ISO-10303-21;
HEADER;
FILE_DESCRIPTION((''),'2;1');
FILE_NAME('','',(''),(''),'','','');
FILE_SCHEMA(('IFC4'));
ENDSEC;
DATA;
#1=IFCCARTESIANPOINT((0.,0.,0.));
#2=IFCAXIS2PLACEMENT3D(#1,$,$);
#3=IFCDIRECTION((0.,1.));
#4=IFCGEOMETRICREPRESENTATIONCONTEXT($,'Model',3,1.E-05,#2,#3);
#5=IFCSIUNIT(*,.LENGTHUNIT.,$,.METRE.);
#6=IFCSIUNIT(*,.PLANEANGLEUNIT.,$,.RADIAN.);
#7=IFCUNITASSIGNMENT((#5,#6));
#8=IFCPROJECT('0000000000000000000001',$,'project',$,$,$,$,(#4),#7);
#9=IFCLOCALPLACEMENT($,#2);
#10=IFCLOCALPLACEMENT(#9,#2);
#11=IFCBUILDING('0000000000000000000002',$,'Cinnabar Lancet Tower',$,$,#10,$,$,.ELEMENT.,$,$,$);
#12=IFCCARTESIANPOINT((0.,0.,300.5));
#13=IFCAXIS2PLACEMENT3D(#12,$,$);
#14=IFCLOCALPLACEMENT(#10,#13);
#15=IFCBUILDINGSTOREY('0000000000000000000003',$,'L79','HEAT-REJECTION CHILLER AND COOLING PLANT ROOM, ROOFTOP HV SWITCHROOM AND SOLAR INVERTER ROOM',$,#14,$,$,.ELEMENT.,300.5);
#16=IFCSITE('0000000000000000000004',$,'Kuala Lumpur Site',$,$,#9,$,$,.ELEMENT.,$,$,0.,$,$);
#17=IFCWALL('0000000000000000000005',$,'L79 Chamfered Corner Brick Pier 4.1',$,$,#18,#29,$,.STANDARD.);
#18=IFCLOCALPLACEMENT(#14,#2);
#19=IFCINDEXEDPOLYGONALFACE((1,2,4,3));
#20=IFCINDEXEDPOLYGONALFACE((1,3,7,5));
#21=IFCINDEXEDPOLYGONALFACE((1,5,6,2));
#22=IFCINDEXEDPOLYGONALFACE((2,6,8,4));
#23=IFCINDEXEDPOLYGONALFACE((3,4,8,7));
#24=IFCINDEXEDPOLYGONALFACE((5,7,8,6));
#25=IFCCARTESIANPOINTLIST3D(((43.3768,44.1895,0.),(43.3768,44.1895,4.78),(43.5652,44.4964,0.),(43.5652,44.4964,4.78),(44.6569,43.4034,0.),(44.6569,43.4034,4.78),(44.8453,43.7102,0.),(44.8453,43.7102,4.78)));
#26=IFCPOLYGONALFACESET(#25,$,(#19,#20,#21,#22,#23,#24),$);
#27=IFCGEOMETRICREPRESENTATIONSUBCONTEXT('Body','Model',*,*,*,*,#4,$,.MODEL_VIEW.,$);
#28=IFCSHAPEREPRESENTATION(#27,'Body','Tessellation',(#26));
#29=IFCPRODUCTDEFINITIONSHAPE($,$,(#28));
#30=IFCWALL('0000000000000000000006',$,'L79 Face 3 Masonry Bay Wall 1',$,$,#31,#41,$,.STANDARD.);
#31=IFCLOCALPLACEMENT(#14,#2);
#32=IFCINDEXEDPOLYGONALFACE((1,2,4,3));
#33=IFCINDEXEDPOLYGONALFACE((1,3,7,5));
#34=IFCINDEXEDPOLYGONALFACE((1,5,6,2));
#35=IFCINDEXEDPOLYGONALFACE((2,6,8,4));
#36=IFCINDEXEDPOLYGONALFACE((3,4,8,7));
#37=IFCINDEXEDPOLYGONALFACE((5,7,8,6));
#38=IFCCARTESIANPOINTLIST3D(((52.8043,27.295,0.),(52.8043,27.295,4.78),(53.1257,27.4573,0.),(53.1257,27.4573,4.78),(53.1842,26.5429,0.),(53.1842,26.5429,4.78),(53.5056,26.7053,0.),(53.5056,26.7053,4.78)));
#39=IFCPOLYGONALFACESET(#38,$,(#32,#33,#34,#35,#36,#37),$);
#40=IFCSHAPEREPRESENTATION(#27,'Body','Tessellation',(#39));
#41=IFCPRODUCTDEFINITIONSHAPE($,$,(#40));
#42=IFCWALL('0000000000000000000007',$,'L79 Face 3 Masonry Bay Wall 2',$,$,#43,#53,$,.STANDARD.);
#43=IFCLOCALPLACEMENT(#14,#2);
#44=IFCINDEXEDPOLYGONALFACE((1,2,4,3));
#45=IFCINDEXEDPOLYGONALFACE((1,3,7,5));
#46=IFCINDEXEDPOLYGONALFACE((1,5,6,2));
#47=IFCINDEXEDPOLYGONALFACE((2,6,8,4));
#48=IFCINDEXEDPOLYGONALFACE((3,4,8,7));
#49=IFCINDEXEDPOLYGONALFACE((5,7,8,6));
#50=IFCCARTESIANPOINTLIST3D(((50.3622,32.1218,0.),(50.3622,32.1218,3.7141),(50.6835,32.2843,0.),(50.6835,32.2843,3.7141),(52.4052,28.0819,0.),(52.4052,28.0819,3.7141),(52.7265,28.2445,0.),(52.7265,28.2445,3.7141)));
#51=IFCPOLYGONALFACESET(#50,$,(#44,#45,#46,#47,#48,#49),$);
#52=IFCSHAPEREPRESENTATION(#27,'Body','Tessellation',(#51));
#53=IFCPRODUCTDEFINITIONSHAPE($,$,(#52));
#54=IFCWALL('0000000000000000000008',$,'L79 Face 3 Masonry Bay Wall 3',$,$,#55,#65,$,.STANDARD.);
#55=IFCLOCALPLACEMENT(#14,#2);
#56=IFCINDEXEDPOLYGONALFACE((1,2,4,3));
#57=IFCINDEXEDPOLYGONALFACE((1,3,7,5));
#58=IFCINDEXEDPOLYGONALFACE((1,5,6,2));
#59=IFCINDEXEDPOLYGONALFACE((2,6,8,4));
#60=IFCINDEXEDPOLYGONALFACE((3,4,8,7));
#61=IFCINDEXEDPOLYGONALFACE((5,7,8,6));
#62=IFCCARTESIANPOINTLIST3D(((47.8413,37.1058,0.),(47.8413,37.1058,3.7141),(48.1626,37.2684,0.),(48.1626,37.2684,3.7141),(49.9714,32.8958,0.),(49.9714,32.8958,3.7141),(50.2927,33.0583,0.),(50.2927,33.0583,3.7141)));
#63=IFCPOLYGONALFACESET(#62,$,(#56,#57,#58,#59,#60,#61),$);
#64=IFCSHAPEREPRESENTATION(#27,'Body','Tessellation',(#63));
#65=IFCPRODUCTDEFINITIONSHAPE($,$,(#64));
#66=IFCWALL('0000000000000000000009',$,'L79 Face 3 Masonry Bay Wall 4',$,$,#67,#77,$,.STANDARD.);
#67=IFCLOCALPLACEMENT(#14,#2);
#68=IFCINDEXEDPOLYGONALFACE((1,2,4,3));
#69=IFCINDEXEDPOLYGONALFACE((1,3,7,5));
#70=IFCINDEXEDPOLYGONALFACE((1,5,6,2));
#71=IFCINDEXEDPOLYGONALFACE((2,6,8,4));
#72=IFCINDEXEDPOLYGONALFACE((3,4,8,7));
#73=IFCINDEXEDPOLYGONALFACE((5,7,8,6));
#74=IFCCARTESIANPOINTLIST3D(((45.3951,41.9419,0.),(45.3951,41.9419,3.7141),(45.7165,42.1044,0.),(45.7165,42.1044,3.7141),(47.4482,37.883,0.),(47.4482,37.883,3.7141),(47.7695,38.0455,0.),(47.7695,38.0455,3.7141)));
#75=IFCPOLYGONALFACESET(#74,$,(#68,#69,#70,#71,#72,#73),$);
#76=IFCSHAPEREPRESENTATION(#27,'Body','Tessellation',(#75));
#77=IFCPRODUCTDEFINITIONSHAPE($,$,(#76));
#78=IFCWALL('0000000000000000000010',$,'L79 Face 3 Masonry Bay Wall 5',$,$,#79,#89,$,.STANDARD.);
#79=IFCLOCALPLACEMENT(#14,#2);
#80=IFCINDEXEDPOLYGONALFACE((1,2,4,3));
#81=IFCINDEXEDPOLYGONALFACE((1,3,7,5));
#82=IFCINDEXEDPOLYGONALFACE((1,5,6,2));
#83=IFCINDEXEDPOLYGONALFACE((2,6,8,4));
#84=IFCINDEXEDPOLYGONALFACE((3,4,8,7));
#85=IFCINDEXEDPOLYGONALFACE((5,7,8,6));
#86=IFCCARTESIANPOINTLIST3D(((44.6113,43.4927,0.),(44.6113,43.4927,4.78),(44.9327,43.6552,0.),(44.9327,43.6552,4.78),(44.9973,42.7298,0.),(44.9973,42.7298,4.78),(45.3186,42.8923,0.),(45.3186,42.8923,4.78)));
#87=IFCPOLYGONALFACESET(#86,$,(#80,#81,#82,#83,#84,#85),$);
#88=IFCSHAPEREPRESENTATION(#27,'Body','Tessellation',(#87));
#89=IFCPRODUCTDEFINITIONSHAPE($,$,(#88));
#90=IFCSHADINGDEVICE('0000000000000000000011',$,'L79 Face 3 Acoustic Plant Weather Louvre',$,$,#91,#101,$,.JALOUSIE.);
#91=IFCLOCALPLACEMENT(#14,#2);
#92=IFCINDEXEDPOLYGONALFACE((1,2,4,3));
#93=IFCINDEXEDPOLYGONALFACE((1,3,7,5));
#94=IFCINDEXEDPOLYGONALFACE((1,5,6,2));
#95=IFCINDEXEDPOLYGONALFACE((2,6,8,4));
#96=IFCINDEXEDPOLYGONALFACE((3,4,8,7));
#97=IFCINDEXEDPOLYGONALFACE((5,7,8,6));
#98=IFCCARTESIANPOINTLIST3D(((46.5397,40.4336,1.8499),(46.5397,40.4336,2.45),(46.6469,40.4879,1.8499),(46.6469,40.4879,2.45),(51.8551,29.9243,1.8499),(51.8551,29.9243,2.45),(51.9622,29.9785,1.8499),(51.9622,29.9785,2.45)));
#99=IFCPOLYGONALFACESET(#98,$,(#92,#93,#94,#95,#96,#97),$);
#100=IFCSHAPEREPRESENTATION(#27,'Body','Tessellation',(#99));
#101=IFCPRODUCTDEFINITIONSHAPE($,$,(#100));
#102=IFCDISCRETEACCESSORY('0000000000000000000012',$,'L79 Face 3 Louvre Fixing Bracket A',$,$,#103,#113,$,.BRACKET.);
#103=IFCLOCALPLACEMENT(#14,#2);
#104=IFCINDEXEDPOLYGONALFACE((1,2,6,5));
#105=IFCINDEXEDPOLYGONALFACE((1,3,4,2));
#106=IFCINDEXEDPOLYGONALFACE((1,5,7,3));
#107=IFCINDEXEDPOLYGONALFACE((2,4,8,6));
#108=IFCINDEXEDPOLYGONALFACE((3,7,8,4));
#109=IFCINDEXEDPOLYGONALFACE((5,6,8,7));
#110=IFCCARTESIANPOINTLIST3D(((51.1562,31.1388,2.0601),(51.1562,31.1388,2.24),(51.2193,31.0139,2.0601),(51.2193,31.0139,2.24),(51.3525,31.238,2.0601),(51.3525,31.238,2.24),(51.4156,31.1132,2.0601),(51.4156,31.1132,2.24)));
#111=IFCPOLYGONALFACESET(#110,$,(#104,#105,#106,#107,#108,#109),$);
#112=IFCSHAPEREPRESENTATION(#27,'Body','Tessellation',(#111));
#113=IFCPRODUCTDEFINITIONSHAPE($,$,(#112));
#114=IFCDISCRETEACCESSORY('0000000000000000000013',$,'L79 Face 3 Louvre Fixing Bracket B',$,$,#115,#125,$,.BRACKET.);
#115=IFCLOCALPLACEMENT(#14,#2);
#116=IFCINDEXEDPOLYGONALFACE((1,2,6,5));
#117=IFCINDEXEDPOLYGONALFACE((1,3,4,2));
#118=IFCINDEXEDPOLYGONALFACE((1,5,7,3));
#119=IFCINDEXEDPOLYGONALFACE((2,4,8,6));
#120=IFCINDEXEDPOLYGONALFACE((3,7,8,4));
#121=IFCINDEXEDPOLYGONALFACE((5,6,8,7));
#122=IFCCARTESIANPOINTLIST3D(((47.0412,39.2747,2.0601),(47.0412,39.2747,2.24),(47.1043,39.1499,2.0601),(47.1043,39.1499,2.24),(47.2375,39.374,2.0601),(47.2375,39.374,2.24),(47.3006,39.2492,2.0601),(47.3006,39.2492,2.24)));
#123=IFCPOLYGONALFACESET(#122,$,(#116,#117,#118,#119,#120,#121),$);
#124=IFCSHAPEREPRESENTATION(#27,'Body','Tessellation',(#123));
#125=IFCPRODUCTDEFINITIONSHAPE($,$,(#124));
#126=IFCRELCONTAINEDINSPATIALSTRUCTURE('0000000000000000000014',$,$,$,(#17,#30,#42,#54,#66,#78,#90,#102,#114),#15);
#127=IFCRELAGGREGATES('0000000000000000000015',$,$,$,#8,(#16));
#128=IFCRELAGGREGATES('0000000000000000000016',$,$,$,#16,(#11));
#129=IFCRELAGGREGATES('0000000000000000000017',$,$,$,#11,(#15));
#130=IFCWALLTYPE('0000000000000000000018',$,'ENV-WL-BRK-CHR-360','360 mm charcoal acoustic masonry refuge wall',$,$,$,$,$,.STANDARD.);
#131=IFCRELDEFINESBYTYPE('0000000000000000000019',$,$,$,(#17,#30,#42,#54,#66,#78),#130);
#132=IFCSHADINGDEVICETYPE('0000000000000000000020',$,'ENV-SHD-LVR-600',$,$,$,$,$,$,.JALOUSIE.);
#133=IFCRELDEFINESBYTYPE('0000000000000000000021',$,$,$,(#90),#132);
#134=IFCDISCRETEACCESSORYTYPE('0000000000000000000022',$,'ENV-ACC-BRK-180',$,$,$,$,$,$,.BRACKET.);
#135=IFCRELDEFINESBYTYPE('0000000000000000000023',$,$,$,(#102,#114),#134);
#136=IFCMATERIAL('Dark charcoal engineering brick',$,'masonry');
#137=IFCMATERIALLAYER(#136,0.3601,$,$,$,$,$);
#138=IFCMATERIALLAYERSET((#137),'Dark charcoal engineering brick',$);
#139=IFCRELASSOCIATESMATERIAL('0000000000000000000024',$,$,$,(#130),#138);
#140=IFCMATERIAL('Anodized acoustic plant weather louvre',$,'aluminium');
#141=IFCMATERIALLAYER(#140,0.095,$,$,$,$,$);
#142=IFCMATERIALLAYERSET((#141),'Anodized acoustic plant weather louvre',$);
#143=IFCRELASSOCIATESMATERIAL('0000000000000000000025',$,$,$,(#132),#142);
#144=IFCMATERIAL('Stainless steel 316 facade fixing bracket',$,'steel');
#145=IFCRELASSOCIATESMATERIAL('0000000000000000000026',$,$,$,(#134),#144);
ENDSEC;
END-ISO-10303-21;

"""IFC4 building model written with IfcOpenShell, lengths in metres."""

from ifc_helpers import new_model, si_unit, direction, frame, frame_2d, origin, origin_2d, place, context, subcontext, project, spatial, rectangle, extrude, material, layer, layer_set, type_object, element, save


model = new_model("IFC4")

# Units and contexts
model_context = context("Model", 3, precision=1e-05, world=origin(), true_north=direction((0.0, 1.0)))
body_context = subcontext(model_context, "Body", "Model", "MODEL_VIEW")
ifc_project = project(units=[si_unit("LENGTHUNIT", "METRE"), si_unit("PLANEANGLEUNIT", "RADIAN")], contexts=[model_context])

# Site, building, storey
site_placement = place(None, origin())
site = spatial("IfcSite", under=ifc_project, at=site_placement, Name="Kuala Lumpur Site", CompositionType="ELEMENT", RefElevation=0.0)
building_placement = place(site_placement, origin())
building = spatial("IfcBuilding", under=site, at=building_placement, Name="Cinnabar Lancet Tower", CompositionType="ELEMENT")
storey_placement = place(building_placement, frame((0.0, 0.0, 300.5)))
storey = spatial("IfcBuildingStorey", under=building, at=storey_placement, Name="L79", Description="HEAT-REJECTION CHILLER AND COOLING PLANT ROOM, ROOFTOP HV SWITCHROOM AND SOLAR INVERTER ROOM", CompositionType="ELEMENT", Elevation=300.5)

# Walls
ifc_material_1 = material(Name="Dark charcoal engineering brick", Category="masonry")
ifc_layer_1 = layer(ifc_material_1, 0.3601)
ifc_layer_set_1 = layer_set([ifc_layer_1], Name="Dark charcoal engineering brick")
wall_type = type_object("IfcWallType", Name="ENV-WL-BRK-CHR-360", Description="360 mm charcoal acoustic masonry refuge wall", PredefinedType="STANDARD", material=ifc_layer_set_1)
wall_1_placement = place(storey_placement, frame((44.751, 43.5569, 0.0), z_axis=(0.0, 0.0, 1.0), x_axis=(-0.852127, 0.523336, 0.0)))
element("IfcWall", 1, at=wall_1_placement, inside=storey, type_object=wall_type, Name="L79 Chamfered Corner Brick Pier 4.1", PredefinedType="STANDARD", context=body_context, shape_type="SweptSolid", body=[
    extrude(rectangle(XDim=1.5022, YDim=0.3601, at=frame_2d((0.751, 0.0))), origin(), (0.0, 0.0, 1.0), 4.78),
])
wall_2_placement = place(storey_placement, frame((53.345, 26.624, 0.0), z_axis=(0.0, 0.0, 1.0), x_axis=(-0.450919, 0.892565, 0.0)))
element("IfcWall", 2, at=wall_2_placement, inside=storey, type_object=wall_type, Name="L79 Face 3 Masonry Bay Wall 1", PredefinedType="STANDARD", context=body_context, shape_type="SweptSolid", body=[
    extrude(rectangle(XDim=0.8425, YDim=0.3601, at=frame_2d((0.4214, 0.0))), origin(), (0.0, 0.0, 1.0), 4.78),
])
wall_3_placement = place(storey_placement, frame((52.5659, 28.1631, 0.0), z_axis=(0.0, 0.0, 1.0), x_axis=(-0.451286, 0.892379, 0.0)))
element("IfcWall", 3, at=wall_3_placement, inside=storey, type_object=wall_type, Name="L79 Face 3 Masonry Bay Wall 2", PredefinedType="STANDARD", context=body_context, shape_type="SweptSolid", body=[
    extrude(rectangle(XDim=4.5271, YDim=0.3601, at=frame_2d((2.2637, 0.0))), origin(), (0.0, 0.0, 1.0), 3.7141),
])
wall_4_placement = place(storey_placement, frame((50.1321, 32.9771, 0.0), z_axis=(0.0, 0.0, 1.0), x_axis=(-0.451472, 0.892285, 0.0)))
element("IfcWall", 4, at=wall_4_placement, inside=storey, type_object=wall_type, Name="L79 Face 3 Masonry Bay Wall 3", PredefinedType="STANDARD", context=body_context, shape_type="SweptSolid", body=[
    extrude(rectangle(XDim=4.7183, YDim=0.3601, at=frame_2d((2.3591, 0.0))), origin(), (0.0, 0.0, 1.0), 3.7141),
])
wall_5_placement = place(storey_placement, frame((47.6089, 37.9641, 0.0), z_axis=(0.0, 0.0, 1.0), x_axis=(-0.451353, 0.892346, 0.0)))
element("IfcWall", 5, at=wall_5_placement, inside=storey, type_object=wall_type, Name="L79 Face 3 Masonry Bay Wall 4", PredefinedType="STANDARD", context=body_context, shape_type="SweptSolid", body=[
    extrude(rectangle(XDim=4.5486, YDim=0.3601, at=frame_2d((2.2744, 0.0))), origin(), (0.0, 0.0, 1.0), 3.7141),
])
wall_6_placement = place(storey_placement, frame((45.158, 42.811, 0.0), z_axis=(0.0, 0.0, 1.0), x_axis=(-0.451435, 0.892304, 0.0)))
element("IfcWall", 6, at=wall_6_placement, inside=storey, type_object=wall_type, Name="L79 Face 3 Masonry Bay Wall 5", PredefinedType="STANDARD", context=body_context, shape_type="SweptSolid", body=[
    extrude(rectangle(XDim=0.855, YDim=0.3601, at=frame_2d((0.4275, 0.0))), origin(), (0.0, 0.0, 1.0), 4.78),
])

# Shading device
ifc_material_2 = material(Name="Anodized acoustic plant weather louvre", Category="aluminium")
ifc_layer_2 = layer(ifc_material_2, 0.095)
ifc_layer_set_2 = layer_set([ifc_layer_2], Name="Anodized acoustic plant weather louvre")
shading_device_type = type_object("IfcShadingDeviceType", Name="ENV-SHD-LVR-600", PredefinedType="JALOUSIE", material=ifc_layer_set_2)
shading_device_placement = place(storey_placement, frame((49.251, 35.2061, 1.8499), z_axis=(0.0, 0.0, 1.0), x_axis=(-0.451329, 0.892357, 0.0)))
element("IfcShadingDevice", 7, at=shading_device_placement, inside=storey, type_object=shading_device_type, Name="L79 Face 3 Acoustic Plant Weather Louvre", PredefinedType="JALOUSIE", context=body_context, shape_type="SweptSolid", body=[
    extrude(rectangle(XDim=11.7771, YDim=0.1201, at=origin_2d()), origin(), (0.0, 0.0, 1.0), 0.6001),
])

# Discrete accessories
ifc_material_3 = material(Name="Stainless steel 316 facade fixing bracket", Category="steel")
discrete_accessory_type = type_object("IfcDiscreteAccessoryType", Name="ENV-ACC-BRK-180", PredefinedType="BRACKET", material=ifc_material_3)
for number, where, z_axis, x_axis, name in (
    (8, (51.2859, 31.126, 2.0601), (0.0, 0.0, 1.0), (-0.451329, 0.892357, 0.0), "L79 Face 3 Louvre Fixing Bracket A"),
    (9, (47.1709, 39.262, 2.0601), (0.0, 0.0, 1.0), (-0.451329, 0.892357, 0.0), "L79 Face 3 Louvre Fixing Bracket B"),
):
    element("IfcDiscreteAccessory", number, at=place(storey_placement, frame(where, z_axis=z_axis, x_axis=x_axis)), inside=storey, type_object=discrete_accessory_type, Name=name, PredefinedType="BRACKET", context=body_context, shape_type="SweptSolid", body=[
        extrude(rectangle(XDim=0.1399, YDim=0.22, at=origin_2d()), origin(), (0.0, 0.0, 1.0), 0.1799),
    ])

save(model, "model.ifc")
